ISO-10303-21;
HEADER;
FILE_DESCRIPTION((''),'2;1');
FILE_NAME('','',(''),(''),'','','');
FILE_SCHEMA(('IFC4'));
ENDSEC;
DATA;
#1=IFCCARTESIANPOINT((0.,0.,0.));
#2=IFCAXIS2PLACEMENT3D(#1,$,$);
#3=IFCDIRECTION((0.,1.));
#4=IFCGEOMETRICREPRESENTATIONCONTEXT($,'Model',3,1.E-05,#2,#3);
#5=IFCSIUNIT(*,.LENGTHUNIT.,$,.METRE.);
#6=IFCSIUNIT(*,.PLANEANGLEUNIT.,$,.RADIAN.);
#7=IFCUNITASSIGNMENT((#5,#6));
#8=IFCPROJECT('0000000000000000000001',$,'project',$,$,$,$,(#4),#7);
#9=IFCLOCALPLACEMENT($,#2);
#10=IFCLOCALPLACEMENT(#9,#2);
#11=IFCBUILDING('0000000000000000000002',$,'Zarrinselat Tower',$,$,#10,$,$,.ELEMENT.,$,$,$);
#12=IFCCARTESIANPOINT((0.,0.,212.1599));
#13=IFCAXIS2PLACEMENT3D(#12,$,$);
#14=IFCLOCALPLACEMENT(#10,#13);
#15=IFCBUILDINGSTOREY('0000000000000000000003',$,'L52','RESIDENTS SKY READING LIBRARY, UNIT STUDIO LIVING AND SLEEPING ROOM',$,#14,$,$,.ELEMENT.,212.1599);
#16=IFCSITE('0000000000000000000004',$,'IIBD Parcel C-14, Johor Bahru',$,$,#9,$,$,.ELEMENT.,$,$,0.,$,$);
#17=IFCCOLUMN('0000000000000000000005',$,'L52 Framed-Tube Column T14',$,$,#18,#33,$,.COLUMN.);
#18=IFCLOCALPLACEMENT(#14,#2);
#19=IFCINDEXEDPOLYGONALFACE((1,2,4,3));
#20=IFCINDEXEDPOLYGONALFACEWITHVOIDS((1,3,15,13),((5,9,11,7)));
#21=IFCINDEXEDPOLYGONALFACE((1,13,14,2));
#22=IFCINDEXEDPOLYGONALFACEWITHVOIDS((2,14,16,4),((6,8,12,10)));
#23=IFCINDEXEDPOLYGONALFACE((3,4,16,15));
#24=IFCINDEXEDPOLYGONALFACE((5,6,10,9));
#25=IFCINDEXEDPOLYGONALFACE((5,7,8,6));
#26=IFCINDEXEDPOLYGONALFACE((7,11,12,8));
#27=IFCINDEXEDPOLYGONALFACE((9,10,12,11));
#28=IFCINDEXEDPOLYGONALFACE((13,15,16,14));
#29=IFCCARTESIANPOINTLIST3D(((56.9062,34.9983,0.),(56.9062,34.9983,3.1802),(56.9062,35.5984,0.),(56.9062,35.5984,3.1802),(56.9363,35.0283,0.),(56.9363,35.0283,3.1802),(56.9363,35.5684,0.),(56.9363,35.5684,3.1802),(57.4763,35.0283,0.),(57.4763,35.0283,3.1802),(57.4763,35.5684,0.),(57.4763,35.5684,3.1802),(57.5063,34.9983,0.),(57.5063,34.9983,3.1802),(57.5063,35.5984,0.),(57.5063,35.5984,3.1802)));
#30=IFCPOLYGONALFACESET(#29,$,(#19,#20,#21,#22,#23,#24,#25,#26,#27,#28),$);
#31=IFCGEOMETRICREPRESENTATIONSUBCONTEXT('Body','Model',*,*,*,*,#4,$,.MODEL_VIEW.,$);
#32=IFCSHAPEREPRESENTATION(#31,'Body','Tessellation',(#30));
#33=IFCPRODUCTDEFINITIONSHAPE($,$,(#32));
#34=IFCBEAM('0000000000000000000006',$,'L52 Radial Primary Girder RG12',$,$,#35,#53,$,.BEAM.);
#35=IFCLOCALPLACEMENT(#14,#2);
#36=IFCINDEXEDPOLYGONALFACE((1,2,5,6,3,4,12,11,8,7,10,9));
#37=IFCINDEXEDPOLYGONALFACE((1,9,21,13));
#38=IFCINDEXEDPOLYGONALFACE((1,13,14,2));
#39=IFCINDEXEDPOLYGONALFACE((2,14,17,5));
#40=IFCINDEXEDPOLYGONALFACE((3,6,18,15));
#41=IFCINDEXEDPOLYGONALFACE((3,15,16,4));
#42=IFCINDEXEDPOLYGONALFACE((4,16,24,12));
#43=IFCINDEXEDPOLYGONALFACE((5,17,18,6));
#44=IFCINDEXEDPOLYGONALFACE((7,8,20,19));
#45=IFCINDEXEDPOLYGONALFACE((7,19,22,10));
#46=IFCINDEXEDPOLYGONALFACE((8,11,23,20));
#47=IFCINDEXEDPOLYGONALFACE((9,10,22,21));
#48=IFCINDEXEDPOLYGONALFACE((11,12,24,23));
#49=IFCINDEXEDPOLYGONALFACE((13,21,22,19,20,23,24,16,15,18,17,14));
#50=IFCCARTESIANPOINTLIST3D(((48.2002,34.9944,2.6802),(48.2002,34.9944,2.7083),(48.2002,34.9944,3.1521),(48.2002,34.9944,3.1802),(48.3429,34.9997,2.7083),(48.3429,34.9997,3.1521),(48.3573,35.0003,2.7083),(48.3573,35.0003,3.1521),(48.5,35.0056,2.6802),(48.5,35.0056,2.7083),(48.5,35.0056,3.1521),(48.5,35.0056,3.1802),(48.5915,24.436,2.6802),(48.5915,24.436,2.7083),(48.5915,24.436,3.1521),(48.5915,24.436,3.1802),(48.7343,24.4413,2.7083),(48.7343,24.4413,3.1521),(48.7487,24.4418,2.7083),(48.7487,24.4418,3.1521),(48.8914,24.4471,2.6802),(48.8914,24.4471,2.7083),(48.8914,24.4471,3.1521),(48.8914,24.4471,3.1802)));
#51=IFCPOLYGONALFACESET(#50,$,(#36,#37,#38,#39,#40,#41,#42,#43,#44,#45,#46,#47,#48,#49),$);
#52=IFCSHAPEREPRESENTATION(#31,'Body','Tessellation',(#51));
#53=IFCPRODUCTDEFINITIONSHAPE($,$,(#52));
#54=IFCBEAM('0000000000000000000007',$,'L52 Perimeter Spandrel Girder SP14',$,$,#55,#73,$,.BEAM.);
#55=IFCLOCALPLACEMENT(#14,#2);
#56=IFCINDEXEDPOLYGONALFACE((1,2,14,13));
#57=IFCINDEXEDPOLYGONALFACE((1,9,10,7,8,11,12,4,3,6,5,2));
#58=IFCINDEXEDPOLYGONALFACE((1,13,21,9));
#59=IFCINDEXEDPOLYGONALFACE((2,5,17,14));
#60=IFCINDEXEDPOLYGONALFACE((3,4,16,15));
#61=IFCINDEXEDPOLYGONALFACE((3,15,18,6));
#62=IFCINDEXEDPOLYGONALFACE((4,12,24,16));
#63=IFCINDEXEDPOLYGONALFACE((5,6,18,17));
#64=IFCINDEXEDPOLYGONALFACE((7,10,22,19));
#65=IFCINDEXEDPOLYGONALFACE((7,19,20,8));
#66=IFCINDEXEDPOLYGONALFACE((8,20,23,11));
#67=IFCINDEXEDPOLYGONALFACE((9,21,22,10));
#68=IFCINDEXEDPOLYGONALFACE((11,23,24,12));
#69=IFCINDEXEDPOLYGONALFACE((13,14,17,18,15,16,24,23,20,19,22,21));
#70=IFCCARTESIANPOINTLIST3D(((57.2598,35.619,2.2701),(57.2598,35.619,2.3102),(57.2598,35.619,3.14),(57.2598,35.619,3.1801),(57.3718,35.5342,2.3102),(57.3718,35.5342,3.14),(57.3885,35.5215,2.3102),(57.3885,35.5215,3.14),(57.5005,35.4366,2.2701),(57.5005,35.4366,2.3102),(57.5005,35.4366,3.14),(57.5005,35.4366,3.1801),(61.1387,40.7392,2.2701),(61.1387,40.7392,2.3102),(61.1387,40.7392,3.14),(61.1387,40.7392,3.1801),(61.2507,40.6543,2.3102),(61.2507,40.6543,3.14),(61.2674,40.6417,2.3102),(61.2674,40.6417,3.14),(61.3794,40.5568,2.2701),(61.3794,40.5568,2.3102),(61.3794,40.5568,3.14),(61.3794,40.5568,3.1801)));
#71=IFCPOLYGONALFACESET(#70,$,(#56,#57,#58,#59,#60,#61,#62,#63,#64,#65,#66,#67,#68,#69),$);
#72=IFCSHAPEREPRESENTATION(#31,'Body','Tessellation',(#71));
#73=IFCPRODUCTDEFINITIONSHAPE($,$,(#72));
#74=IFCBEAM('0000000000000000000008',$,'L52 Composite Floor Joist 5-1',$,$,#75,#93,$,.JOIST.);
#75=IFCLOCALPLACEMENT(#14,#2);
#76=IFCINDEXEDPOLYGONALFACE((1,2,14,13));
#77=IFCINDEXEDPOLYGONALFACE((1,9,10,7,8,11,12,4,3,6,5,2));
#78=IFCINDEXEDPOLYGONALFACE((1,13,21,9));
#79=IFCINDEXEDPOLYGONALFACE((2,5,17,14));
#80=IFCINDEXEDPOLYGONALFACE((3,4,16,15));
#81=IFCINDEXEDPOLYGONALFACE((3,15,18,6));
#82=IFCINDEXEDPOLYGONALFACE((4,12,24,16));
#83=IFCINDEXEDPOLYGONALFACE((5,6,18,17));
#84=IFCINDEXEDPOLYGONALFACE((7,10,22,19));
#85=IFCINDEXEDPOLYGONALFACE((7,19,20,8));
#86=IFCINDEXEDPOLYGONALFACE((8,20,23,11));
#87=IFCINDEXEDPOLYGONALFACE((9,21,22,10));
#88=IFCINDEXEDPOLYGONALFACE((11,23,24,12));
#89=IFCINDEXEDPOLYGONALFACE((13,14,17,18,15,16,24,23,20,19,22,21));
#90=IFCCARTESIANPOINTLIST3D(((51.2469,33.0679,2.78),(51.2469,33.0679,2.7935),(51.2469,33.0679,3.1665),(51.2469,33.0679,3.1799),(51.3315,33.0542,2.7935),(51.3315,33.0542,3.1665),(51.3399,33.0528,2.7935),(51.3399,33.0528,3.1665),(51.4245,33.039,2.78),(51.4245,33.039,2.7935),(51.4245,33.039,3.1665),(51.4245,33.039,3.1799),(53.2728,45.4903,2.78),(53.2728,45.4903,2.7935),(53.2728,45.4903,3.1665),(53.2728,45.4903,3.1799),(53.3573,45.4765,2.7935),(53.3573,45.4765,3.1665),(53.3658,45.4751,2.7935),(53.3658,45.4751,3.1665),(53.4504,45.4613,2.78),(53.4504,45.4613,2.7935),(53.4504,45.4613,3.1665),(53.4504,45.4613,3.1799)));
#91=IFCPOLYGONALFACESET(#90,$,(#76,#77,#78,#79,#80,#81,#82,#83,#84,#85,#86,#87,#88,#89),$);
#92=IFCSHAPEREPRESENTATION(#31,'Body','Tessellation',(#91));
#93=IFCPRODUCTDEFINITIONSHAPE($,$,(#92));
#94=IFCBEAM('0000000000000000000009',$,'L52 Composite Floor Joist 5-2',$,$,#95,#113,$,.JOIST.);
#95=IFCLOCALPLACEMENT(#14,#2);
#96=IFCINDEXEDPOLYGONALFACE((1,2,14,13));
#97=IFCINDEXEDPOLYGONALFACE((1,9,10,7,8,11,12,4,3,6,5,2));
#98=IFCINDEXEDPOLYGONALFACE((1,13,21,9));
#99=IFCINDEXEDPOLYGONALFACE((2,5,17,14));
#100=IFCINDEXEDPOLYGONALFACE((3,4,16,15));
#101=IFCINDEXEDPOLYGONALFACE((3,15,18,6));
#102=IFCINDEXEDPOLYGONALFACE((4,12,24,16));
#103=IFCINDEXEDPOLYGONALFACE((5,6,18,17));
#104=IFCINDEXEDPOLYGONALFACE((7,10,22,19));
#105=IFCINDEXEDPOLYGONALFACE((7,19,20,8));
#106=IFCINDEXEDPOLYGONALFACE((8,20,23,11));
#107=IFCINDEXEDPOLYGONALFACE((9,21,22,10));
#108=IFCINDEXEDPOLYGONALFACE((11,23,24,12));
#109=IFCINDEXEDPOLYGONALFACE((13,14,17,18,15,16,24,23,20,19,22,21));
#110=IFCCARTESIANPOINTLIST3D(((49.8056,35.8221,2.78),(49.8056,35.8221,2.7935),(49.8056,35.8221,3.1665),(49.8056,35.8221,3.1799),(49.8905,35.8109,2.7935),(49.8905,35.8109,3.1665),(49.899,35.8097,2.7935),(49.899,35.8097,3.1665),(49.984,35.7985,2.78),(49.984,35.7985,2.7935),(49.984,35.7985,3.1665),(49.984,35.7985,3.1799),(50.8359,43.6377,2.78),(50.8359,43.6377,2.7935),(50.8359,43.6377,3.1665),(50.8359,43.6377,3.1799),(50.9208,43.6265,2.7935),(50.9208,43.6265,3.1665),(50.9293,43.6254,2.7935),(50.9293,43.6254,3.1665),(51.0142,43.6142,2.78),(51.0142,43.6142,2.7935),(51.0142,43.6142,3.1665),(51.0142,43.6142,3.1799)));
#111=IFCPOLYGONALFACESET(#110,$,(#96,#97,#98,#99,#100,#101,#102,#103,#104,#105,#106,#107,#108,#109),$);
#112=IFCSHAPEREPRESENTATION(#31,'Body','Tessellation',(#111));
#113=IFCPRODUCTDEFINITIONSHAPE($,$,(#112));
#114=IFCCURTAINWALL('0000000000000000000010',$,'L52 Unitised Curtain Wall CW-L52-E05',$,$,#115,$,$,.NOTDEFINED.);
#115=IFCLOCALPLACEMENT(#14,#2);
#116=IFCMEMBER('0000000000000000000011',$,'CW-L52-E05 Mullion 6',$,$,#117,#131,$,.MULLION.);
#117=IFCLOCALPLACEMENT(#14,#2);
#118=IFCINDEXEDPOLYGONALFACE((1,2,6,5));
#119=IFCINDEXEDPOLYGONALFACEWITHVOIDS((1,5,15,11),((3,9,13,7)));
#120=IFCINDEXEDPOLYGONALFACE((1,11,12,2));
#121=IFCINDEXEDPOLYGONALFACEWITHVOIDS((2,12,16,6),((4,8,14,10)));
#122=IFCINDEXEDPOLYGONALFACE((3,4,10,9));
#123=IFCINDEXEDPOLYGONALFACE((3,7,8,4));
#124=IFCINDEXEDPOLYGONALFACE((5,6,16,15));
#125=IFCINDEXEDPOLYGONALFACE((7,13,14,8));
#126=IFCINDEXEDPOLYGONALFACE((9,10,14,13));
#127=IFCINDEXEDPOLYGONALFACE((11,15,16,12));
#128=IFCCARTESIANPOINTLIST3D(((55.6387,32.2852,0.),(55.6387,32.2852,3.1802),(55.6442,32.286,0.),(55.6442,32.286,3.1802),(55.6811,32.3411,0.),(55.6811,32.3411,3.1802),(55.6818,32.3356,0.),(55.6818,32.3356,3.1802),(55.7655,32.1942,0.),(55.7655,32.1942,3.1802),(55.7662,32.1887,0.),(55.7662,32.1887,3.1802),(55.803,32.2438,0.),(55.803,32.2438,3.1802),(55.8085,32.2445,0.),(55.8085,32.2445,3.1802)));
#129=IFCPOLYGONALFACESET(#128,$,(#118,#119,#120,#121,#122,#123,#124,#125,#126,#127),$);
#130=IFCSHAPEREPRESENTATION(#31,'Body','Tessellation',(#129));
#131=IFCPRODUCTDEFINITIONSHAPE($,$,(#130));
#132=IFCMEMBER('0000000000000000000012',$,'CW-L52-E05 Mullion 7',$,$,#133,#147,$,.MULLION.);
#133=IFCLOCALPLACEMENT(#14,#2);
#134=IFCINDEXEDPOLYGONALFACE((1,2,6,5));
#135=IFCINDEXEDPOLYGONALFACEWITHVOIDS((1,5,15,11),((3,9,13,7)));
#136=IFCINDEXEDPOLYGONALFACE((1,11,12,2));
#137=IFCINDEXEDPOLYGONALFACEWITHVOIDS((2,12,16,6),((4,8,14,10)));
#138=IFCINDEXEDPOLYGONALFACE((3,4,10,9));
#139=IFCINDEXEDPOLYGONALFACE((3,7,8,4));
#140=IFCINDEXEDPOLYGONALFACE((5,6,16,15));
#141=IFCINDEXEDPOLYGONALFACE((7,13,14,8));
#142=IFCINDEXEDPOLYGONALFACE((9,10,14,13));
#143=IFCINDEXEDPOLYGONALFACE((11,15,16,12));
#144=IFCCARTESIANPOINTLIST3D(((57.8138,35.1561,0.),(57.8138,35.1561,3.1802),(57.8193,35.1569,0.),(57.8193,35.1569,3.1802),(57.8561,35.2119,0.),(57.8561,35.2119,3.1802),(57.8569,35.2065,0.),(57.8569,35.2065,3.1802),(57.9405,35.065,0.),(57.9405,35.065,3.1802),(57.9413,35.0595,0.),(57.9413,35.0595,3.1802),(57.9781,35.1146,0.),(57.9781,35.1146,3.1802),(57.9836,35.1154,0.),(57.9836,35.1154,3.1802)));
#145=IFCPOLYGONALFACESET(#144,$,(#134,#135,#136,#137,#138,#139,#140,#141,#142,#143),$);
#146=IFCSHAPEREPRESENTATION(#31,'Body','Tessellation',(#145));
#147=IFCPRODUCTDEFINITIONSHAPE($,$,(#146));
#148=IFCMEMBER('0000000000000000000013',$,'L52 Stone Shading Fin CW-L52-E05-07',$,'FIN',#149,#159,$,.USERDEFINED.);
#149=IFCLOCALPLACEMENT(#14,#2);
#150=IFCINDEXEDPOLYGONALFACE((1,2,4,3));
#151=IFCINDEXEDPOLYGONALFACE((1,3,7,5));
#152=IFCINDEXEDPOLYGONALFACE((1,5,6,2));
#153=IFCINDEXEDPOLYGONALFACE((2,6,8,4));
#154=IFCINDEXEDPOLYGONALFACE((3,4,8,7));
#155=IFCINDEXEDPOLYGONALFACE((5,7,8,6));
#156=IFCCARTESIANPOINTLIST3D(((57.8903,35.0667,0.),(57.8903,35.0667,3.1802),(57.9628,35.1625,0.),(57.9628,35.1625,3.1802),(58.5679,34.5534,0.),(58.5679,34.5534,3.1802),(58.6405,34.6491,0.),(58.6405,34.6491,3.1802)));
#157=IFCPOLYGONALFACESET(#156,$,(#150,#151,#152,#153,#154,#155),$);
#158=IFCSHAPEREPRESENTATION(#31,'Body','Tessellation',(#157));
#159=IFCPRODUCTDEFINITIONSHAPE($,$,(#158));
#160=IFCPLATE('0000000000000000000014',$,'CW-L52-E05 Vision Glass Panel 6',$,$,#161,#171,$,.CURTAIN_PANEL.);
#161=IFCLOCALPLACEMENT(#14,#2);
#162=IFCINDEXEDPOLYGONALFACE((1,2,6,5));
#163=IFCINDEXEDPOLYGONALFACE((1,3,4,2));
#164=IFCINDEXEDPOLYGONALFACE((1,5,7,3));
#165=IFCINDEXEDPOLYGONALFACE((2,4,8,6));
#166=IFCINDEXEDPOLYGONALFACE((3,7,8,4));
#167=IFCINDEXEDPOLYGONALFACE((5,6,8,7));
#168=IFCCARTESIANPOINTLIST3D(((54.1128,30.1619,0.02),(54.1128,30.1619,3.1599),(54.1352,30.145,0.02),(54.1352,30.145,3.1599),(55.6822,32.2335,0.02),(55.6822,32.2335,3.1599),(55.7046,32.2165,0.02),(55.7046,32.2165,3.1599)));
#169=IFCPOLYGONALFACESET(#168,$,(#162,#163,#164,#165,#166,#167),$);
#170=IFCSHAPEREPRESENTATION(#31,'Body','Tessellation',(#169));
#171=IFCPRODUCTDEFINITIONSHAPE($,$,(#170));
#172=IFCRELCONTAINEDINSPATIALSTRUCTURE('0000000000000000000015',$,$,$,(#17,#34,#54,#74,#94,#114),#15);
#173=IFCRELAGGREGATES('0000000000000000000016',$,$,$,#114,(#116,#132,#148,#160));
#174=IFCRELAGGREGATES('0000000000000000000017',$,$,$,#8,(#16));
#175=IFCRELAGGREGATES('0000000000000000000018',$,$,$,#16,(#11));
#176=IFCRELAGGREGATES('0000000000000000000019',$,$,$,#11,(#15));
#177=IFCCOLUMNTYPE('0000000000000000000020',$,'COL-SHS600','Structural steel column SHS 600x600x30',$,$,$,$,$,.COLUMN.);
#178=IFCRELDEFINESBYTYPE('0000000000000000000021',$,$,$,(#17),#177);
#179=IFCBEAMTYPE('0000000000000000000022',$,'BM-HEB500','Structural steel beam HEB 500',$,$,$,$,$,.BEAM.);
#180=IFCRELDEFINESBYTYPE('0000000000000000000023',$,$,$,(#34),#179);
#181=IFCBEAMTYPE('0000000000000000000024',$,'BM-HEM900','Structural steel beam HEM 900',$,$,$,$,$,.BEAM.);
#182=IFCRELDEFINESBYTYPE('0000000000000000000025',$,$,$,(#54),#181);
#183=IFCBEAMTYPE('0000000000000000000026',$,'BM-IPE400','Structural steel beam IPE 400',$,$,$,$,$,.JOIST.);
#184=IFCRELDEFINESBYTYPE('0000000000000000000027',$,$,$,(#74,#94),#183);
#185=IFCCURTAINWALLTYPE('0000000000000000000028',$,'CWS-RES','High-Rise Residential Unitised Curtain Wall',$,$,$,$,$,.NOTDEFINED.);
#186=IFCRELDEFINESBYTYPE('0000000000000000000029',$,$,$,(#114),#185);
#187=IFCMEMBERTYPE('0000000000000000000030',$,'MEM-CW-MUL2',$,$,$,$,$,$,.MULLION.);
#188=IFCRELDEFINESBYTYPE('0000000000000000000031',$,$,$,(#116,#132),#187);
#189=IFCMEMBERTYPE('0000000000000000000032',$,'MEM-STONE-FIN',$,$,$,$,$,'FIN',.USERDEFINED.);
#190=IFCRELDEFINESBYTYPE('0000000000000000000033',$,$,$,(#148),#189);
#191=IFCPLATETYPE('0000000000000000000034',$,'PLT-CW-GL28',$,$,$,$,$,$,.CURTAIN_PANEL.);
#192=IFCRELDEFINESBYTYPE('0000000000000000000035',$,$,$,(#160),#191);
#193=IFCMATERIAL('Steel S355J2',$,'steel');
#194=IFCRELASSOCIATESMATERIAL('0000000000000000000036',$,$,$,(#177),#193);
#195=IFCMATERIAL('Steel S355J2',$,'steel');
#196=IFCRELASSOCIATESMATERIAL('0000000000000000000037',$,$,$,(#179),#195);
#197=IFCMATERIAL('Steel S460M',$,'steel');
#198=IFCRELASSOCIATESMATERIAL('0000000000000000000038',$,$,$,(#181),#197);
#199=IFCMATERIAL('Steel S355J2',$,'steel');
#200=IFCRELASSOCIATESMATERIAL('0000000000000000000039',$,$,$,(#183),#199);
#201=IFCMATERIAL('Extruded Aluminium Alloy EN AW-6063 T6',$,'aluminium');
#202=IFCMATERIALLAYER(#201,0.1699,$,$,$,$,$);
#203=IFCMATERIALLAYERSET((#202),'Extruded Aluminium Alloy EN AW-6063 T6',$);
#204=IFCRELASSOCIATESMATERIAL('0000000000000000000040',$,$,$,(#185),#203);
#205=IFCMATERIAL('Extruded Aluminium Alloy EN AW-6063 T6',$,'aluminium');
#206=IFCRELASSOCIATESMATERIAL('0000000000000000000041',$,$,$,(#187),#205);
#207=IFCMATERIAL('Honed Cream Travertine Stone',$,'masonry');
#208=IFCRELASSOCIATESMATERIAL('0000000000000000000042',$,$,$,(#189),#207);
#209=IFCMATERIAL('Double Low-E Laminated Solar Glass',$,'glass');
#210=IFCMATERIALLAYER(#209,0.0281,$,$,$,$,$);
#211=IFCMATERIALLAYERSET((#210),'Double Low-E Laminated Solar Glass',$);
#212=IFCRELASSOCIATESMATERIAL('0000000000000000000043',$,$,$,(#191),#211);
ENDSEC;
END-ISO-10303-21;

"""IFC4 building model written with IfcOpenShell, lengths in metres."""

from ifc_helpers import new_model, si_unit, direction, frame, origin, origin_2d, place, context, subcontext, project, spatial, rectangle, hollow_rectangle, i_section, extrude, material, layer, layer_set, material_profile, profile_set, type_object, element, aggregate, save


model = new_model("IFC4")

# Units and contexts
model_context = context("Model", 3, precision=1e-05, world=origin(), true_north=direction((0.0, 1.0)))
body_context = subcontext(model_context, "Body", "Model", "MODEL_VIEW")
ifc_project = project(units=[si_unit("LENGTHUNIT", "METRE"), si_unit("PLANEANGLEUNIT", "RADIAN")], contexts=[model_context])

# Site, building, storey
site_placement = place(None, origin())
site = spatial("IfcSite", under=ifc_project, at=site_placement, Name="IIBD Parcel C-14, Johor Bahru", CompositionType="ELEMENT", RefElevation=0.0)
building_placement = place(site_placement, origin())
building = spatial("IfcBuilding", under=site, at=building_placement, Name="Zarrinselat Tower", CompositionType="ELEMENT")
storey_placement = place(building_placement, frame((0.0, 0.0, 212.1599)))
storey = spatial("IfcBuildingStorey", under=building, at=storey_placement, Name="L52", Description="RESIDENTS SKY READING LIBRARY, UNIT STUDIO LIVING AND SLEEPING ROOM", CompositionType="ELEMENT", Elevation=212.1599)

# Column
ifc_material_1 = material(Name="Steel S355J2", Category="steel")
ifc_material_profile_1 = material_profile(ifc_material_1, hollow_rectangle(XDim=0.6001, YDim=0.6001, WallThickness=0.03, at=origin_2d()), Name="SHS 600x600x30")
ifc_profile_set_1 = profile_set([ifc_material_profile_1], Name="Steel S355J2")
column_type = type_object("IfcColumnType", Name="COL-SHS600", Description="Structural steel column SHS 600x600x30", PredefinedType="COLUMN", material=ifc_profile_set_1)
column_placement = place(storey_placement, frame((57.2063, 35.2983, 0.0), z_axis=(0.0, 0.0, 1.0), x_axis=(1.0, 0.0, 0.0)))
element("IfcColumn", 1, at=column_placement, inside=storey, type_object=column_type, Name="L52 Framed-Tube Column T14", PredefinedType="COLUMN", context=body_context, shape_type="SweptSolid", body=[
    extrude(hollow_rectangle(XDim=0.6001, YDim=0.6001, WallThickness=0.03, at=origin_2d()), origin(), (0.0, 0.0, 1.0), 3.1802),
])

# Beams
ifc_material_2 = material(Name="Steel S355J2", Category="steel")
ifc_material_profile_2 = material_profile(ifc_material_2, i_section(OverallWidth=0.3, OverallDepth=0.5, WebThickness=0.0144, FlangeThickness=0.0281, at=origin_2d()), Name="HEB 500")
ifc_profile_set_2 = profile_set([ifc_material_profile_2], Name="Steel S355J2")
beam_type_1 = type_object("IfcBeamType", Name="BM-HEB500", Description="Structural steel beam HEB 500", PredefinedType="BEAM", material=ifc_profile_set_2)
beam_1_placement = place(storey_placement, frame((48.3501, 35.0, 2.9302), z_axis=(0.037041, -0.999314, 0.0), x_axis=(0.999314, 0.037041, 0.0)))
element("IfcBeam", 2, at=beam_1_placement, inside=storey, type_object=beam_type_1, Name="L52 Radial Primary Girder RG12", PredefinedType="BEAM", context=body_context, shape_type="SweptSolid", body=[
    extrude(i_section(OverallWidth=0.3, OverallDepth=0.5, WebThickness=0.0144, FlangeThickness=0.0281, at=origin_2d()), origin(), (0.0, 0.0, 1.0), 10.5657),
])
ifc_material_3 = material(Name="Steel S460M", Category="steel")
ifc_material_profile_3 = material_profile(ifc_material_3, i_section(OverallWidth=0.302, OverallDepth=0.9099, WebThickness=0.021, FlangeThickness=0.04, at=origin_2d()), Name="HEM 900")
ifc_profile_set_3 = profile_set([ifc_material_profile_3], Name="Steel S460M")
beam_type_2 = type_object("IfcBeamType", Name="BM-HEM900", Description="Structural steel beam HEM 900", PredefinedType="BEAM", material=ifc_profile_set_3)
beam_2_placement = place(storey_placement, frame((57.3801, 35.5278, 2.7251), z_axis=(0.603861, 0.79709, 0.0), x_axis=(-0.79709, 0.603861, 0.0)))
element("IfcBeam", 3, at=beam_2_placement, inside=storey, type_object=beam_type_2, Name="L52 Perimeter Spandrel Girder SP14", PredefinedType="BEAM", context=body_context, shape_type="SweptSolid", body=[
    extrude(i_section(OverallWidth=0.302, OverallDepth=0.9099, WebThickness=0.021, FlangeThickness=0.04, at=origin_2d()), origin(), (0.0, 0.0, 1.0), 6.4236),
])
ifc_material_4 = material(Name="Steel S355J2", Category="steel")
ifc_material_profile_4 = material_profile(ifc_material_4, i_section(OverallWidth=0.1799, OverallDepth=0.3999, WebThickness=0.0085, FlangeThickness=0.0134, at=origin_2d()), Name="IPE 400")
ifc_profile_set_4 = profile_set([ifc_material_profile_4], Name="Steel S355J2")
beam_type_3 = type_object("IfcBeamType", Name="BM-IPE400", Description="Structural steel beam IPE 400", PredefinedType="JOIST", material=ifc_profile_set_4)
beam_3_placement = place(storey_placement, frame((51.3357, 33.0535, 2.98), z_axis=(0.160957, 0.986961, 0.0), x_axis=(-0.986961, 0.160957, 0.0)))
element("IfcBeam", 4, at=beam_3_placement, inside=storey, type_object=beam_type_3, Name="L52 Composite Floor Joist 5-1", PredefinedType="JOIST", context=body_context, shape_type="SweptSolid", body=[
    extrude(i_section(OverallWidth=0.1799, OverallDepth=0.3999, WebThickness=0.0085, FlangeThickness=0.0134, at=origin_2d()), origin(), (0.0, 0.0, 1.0), 12.5864),
])
beam_4_placement = place(storey_placement, frame((49.8948, 35.8103, 2.98), z_axis=(0.130691, 0.991423, 0.0), x_axis=(-0.991423, 0.130691, 0.0)))
element("IfcBeam", 5, at=beam_4_placement, inside=storey, type_object=beam_type_3, Name="L52 Composite Floor Joist 5-2", PredefinedType="JOIST", context=body_context, shape_type="SweptSolid", body=[
    extrude(i_section(OverallWidth=0.1799, OverallDepth=0.3999, WebThickness=0.0085, FlangeThickness=0.0134, at=origin_2d()), origin(), (0.0, 0.0, 1.0), 7.8833),
])

# Curtain wall, members, plate
ifc_material_5 = material(Name="Extruded Aluminium Alloy EN AW-6063 T6", Category="aluminium")
ifc_layer_1 = layer(ifc_material_5, 0.1699)
ifc_layer_set_1 = layer_set([ifc_layer_1], Name="Extruded Aluminium Alloy EN AW-6063 T6")
curtain_wall_type = type_object("IfcCurtainWallType", Name="CWS-RES", Description="High-Rise Residential Unitised Curtain Wall", PredefinedType="NOTDEFINED", material=ifc_layer_set_1)
curtain_wall_placement = place(storey_placement, origin())
curtain_wall = element("IfcCurtainWall", 6, at=curtain_wall_placement, inside=storey, type_object=curtain_wall_type, Name="L52 Unitised Curtain Wall CW-L52-E05", PredefinedType="NOTDEFINED")
ifc_material_6 = material(Name="Extruded Aluminium Alloy EN AW-6063 T6", Category="aluminium")
ifc_material_profile_5 = material_profile(ifc_material_6, hollow_rectangle(XDim=0.0701, YDim=0.1599, WallThickness=0.0039, at=origin_2d()), Name="RHS 160x70x4")
ifc_profile_set_5 = profile_set([ifc_material_profile_5], Name="Extruded Aluminium Alloy EN AW-6063 T6")
member_type_1 = type_object("IfcMemberType", Name="MEM-CW-MUL2", PredefinedType="MULLION", material=ifc_profile_set_5)
member_1_placement = place(storey_placement, frame((55.7236, 32.2649, 0.0), z_axis=(0.0, 0.0, 1.0), x_axis=(0.603859, 0.797091, 0.0)))
member_1 = element("IfcMember", 7, at=member_1_placement, type_object=member_type_1, Name="CW-L52-E05 Mullion 6", PredefinedType="MULLION", context=body_context, shape_type="SweptSolid", body=[
    extrude(hollow_rectangle(XDim=0.0701, YDim=0.1599, WallThickness=0.0039, at=origin_2d()), origin(), (0.0, 0.0, 1.0), 3.1802),
])
member_2_placement = place(storey_placement, frame((57.8987, 35.1357, 0.0), z_axis=(0.0, 0.0, 1.0), x_axis=(0.603859, 0.797091, 0.0)))
member_2 = element("IfcMember", 8, at=member_2_placement, type_object=member_type_1, Name="CW-L52-E05 Mullion 7", PredefinedType="MULLION", context=body_context, shape_type="SweptSolid", body=[
    extrude(hollow_rectangle(XDim=0.0701, YDim=0.1599, WallThickness=0.0039, at=origin_2d()), origin(), (0.0, 0.0, 1.0), 3.1802),
])
ifc_material_7 = material(Name="Honed Cream Travertine Stone", Category="masonry")
ifc_material_profile_6 = material_profile(ifc_material_7, rectangle(XDim=0.1201, YDim=0.8501, at=origin_2d()), Name="FIN 850x120")
ifc_profile_set_6 = profile_set([ifc_material_profile_6], Name="Honed Cream Travertine Stone")
member_type_2 = type_object("IfcMemberType", Name="MEM-STONE-FIN", ElementType="FIN", PredefinedType="USERDEFINED", material=ifc_profile_set_6)
member_3_placement = place(storey_placement, frame((58.2654, 34.8579, 0.0), z_axis=(0.0, 0.0, 1.0), x_axis=(-0.603859, -0.797091, 0.0)))
member_3 = element("IfcMember", 9, at=member_3_placement, type_object=member_type_2, Name="L52 Stone Shading Fin CW-L52-E05-07", ObjectType="FIN", PredefinedType="USERDEFINED", context=body_context, shape_type="SweptSolid", body=[
    extrude(rectangle(XDim=0.1201, YDim=0.8501, at=origin_2d()), origin(), (0.0, 0.0, 1.0), 3.1802),
])
ifc_material_8 = material(Name="Double Low-E Laminated Solar Glass", Category="glass")
ifc_layer_2 = layer(ifc_material_8, 0.0281)
ifc_layer_set_2 = layer_set([ifc_layer_2], Name="Double Low-E Laminated Solar Glass")
plate_type = type_object("IfcPlateType", Name="PLT-CW-GL28", PredefinedType="CURTAIN_PANEL", material=ifc_layer_set_2)
plate_1_placement = place(storey_placement, frame((54.9087, 31.1892, 0.02), z_axis=(0.0, 0.0, 1.0), x_axis=(0.603859, 0.797091, 0.0)))
plate_1 = element("IfcPlate", 10, at=plate_1_placement, type_object=plate_type, Name="CW-L52-E05 Vision Glass Panel 6", PredefinedType="CURTAIN_PANEL", context=body_context, shape_type="SweptSolid", body=[
    extrude(rectangle(XDim=2.5989, YDim=0.0281, at=origin_2d()), origin(), (0.0, 0.0, 1.0), 3.1399),
])
aggregate(curtain_wall, [member_1, member_2, member_3, plate_1])

save(model, "model.ifc")
